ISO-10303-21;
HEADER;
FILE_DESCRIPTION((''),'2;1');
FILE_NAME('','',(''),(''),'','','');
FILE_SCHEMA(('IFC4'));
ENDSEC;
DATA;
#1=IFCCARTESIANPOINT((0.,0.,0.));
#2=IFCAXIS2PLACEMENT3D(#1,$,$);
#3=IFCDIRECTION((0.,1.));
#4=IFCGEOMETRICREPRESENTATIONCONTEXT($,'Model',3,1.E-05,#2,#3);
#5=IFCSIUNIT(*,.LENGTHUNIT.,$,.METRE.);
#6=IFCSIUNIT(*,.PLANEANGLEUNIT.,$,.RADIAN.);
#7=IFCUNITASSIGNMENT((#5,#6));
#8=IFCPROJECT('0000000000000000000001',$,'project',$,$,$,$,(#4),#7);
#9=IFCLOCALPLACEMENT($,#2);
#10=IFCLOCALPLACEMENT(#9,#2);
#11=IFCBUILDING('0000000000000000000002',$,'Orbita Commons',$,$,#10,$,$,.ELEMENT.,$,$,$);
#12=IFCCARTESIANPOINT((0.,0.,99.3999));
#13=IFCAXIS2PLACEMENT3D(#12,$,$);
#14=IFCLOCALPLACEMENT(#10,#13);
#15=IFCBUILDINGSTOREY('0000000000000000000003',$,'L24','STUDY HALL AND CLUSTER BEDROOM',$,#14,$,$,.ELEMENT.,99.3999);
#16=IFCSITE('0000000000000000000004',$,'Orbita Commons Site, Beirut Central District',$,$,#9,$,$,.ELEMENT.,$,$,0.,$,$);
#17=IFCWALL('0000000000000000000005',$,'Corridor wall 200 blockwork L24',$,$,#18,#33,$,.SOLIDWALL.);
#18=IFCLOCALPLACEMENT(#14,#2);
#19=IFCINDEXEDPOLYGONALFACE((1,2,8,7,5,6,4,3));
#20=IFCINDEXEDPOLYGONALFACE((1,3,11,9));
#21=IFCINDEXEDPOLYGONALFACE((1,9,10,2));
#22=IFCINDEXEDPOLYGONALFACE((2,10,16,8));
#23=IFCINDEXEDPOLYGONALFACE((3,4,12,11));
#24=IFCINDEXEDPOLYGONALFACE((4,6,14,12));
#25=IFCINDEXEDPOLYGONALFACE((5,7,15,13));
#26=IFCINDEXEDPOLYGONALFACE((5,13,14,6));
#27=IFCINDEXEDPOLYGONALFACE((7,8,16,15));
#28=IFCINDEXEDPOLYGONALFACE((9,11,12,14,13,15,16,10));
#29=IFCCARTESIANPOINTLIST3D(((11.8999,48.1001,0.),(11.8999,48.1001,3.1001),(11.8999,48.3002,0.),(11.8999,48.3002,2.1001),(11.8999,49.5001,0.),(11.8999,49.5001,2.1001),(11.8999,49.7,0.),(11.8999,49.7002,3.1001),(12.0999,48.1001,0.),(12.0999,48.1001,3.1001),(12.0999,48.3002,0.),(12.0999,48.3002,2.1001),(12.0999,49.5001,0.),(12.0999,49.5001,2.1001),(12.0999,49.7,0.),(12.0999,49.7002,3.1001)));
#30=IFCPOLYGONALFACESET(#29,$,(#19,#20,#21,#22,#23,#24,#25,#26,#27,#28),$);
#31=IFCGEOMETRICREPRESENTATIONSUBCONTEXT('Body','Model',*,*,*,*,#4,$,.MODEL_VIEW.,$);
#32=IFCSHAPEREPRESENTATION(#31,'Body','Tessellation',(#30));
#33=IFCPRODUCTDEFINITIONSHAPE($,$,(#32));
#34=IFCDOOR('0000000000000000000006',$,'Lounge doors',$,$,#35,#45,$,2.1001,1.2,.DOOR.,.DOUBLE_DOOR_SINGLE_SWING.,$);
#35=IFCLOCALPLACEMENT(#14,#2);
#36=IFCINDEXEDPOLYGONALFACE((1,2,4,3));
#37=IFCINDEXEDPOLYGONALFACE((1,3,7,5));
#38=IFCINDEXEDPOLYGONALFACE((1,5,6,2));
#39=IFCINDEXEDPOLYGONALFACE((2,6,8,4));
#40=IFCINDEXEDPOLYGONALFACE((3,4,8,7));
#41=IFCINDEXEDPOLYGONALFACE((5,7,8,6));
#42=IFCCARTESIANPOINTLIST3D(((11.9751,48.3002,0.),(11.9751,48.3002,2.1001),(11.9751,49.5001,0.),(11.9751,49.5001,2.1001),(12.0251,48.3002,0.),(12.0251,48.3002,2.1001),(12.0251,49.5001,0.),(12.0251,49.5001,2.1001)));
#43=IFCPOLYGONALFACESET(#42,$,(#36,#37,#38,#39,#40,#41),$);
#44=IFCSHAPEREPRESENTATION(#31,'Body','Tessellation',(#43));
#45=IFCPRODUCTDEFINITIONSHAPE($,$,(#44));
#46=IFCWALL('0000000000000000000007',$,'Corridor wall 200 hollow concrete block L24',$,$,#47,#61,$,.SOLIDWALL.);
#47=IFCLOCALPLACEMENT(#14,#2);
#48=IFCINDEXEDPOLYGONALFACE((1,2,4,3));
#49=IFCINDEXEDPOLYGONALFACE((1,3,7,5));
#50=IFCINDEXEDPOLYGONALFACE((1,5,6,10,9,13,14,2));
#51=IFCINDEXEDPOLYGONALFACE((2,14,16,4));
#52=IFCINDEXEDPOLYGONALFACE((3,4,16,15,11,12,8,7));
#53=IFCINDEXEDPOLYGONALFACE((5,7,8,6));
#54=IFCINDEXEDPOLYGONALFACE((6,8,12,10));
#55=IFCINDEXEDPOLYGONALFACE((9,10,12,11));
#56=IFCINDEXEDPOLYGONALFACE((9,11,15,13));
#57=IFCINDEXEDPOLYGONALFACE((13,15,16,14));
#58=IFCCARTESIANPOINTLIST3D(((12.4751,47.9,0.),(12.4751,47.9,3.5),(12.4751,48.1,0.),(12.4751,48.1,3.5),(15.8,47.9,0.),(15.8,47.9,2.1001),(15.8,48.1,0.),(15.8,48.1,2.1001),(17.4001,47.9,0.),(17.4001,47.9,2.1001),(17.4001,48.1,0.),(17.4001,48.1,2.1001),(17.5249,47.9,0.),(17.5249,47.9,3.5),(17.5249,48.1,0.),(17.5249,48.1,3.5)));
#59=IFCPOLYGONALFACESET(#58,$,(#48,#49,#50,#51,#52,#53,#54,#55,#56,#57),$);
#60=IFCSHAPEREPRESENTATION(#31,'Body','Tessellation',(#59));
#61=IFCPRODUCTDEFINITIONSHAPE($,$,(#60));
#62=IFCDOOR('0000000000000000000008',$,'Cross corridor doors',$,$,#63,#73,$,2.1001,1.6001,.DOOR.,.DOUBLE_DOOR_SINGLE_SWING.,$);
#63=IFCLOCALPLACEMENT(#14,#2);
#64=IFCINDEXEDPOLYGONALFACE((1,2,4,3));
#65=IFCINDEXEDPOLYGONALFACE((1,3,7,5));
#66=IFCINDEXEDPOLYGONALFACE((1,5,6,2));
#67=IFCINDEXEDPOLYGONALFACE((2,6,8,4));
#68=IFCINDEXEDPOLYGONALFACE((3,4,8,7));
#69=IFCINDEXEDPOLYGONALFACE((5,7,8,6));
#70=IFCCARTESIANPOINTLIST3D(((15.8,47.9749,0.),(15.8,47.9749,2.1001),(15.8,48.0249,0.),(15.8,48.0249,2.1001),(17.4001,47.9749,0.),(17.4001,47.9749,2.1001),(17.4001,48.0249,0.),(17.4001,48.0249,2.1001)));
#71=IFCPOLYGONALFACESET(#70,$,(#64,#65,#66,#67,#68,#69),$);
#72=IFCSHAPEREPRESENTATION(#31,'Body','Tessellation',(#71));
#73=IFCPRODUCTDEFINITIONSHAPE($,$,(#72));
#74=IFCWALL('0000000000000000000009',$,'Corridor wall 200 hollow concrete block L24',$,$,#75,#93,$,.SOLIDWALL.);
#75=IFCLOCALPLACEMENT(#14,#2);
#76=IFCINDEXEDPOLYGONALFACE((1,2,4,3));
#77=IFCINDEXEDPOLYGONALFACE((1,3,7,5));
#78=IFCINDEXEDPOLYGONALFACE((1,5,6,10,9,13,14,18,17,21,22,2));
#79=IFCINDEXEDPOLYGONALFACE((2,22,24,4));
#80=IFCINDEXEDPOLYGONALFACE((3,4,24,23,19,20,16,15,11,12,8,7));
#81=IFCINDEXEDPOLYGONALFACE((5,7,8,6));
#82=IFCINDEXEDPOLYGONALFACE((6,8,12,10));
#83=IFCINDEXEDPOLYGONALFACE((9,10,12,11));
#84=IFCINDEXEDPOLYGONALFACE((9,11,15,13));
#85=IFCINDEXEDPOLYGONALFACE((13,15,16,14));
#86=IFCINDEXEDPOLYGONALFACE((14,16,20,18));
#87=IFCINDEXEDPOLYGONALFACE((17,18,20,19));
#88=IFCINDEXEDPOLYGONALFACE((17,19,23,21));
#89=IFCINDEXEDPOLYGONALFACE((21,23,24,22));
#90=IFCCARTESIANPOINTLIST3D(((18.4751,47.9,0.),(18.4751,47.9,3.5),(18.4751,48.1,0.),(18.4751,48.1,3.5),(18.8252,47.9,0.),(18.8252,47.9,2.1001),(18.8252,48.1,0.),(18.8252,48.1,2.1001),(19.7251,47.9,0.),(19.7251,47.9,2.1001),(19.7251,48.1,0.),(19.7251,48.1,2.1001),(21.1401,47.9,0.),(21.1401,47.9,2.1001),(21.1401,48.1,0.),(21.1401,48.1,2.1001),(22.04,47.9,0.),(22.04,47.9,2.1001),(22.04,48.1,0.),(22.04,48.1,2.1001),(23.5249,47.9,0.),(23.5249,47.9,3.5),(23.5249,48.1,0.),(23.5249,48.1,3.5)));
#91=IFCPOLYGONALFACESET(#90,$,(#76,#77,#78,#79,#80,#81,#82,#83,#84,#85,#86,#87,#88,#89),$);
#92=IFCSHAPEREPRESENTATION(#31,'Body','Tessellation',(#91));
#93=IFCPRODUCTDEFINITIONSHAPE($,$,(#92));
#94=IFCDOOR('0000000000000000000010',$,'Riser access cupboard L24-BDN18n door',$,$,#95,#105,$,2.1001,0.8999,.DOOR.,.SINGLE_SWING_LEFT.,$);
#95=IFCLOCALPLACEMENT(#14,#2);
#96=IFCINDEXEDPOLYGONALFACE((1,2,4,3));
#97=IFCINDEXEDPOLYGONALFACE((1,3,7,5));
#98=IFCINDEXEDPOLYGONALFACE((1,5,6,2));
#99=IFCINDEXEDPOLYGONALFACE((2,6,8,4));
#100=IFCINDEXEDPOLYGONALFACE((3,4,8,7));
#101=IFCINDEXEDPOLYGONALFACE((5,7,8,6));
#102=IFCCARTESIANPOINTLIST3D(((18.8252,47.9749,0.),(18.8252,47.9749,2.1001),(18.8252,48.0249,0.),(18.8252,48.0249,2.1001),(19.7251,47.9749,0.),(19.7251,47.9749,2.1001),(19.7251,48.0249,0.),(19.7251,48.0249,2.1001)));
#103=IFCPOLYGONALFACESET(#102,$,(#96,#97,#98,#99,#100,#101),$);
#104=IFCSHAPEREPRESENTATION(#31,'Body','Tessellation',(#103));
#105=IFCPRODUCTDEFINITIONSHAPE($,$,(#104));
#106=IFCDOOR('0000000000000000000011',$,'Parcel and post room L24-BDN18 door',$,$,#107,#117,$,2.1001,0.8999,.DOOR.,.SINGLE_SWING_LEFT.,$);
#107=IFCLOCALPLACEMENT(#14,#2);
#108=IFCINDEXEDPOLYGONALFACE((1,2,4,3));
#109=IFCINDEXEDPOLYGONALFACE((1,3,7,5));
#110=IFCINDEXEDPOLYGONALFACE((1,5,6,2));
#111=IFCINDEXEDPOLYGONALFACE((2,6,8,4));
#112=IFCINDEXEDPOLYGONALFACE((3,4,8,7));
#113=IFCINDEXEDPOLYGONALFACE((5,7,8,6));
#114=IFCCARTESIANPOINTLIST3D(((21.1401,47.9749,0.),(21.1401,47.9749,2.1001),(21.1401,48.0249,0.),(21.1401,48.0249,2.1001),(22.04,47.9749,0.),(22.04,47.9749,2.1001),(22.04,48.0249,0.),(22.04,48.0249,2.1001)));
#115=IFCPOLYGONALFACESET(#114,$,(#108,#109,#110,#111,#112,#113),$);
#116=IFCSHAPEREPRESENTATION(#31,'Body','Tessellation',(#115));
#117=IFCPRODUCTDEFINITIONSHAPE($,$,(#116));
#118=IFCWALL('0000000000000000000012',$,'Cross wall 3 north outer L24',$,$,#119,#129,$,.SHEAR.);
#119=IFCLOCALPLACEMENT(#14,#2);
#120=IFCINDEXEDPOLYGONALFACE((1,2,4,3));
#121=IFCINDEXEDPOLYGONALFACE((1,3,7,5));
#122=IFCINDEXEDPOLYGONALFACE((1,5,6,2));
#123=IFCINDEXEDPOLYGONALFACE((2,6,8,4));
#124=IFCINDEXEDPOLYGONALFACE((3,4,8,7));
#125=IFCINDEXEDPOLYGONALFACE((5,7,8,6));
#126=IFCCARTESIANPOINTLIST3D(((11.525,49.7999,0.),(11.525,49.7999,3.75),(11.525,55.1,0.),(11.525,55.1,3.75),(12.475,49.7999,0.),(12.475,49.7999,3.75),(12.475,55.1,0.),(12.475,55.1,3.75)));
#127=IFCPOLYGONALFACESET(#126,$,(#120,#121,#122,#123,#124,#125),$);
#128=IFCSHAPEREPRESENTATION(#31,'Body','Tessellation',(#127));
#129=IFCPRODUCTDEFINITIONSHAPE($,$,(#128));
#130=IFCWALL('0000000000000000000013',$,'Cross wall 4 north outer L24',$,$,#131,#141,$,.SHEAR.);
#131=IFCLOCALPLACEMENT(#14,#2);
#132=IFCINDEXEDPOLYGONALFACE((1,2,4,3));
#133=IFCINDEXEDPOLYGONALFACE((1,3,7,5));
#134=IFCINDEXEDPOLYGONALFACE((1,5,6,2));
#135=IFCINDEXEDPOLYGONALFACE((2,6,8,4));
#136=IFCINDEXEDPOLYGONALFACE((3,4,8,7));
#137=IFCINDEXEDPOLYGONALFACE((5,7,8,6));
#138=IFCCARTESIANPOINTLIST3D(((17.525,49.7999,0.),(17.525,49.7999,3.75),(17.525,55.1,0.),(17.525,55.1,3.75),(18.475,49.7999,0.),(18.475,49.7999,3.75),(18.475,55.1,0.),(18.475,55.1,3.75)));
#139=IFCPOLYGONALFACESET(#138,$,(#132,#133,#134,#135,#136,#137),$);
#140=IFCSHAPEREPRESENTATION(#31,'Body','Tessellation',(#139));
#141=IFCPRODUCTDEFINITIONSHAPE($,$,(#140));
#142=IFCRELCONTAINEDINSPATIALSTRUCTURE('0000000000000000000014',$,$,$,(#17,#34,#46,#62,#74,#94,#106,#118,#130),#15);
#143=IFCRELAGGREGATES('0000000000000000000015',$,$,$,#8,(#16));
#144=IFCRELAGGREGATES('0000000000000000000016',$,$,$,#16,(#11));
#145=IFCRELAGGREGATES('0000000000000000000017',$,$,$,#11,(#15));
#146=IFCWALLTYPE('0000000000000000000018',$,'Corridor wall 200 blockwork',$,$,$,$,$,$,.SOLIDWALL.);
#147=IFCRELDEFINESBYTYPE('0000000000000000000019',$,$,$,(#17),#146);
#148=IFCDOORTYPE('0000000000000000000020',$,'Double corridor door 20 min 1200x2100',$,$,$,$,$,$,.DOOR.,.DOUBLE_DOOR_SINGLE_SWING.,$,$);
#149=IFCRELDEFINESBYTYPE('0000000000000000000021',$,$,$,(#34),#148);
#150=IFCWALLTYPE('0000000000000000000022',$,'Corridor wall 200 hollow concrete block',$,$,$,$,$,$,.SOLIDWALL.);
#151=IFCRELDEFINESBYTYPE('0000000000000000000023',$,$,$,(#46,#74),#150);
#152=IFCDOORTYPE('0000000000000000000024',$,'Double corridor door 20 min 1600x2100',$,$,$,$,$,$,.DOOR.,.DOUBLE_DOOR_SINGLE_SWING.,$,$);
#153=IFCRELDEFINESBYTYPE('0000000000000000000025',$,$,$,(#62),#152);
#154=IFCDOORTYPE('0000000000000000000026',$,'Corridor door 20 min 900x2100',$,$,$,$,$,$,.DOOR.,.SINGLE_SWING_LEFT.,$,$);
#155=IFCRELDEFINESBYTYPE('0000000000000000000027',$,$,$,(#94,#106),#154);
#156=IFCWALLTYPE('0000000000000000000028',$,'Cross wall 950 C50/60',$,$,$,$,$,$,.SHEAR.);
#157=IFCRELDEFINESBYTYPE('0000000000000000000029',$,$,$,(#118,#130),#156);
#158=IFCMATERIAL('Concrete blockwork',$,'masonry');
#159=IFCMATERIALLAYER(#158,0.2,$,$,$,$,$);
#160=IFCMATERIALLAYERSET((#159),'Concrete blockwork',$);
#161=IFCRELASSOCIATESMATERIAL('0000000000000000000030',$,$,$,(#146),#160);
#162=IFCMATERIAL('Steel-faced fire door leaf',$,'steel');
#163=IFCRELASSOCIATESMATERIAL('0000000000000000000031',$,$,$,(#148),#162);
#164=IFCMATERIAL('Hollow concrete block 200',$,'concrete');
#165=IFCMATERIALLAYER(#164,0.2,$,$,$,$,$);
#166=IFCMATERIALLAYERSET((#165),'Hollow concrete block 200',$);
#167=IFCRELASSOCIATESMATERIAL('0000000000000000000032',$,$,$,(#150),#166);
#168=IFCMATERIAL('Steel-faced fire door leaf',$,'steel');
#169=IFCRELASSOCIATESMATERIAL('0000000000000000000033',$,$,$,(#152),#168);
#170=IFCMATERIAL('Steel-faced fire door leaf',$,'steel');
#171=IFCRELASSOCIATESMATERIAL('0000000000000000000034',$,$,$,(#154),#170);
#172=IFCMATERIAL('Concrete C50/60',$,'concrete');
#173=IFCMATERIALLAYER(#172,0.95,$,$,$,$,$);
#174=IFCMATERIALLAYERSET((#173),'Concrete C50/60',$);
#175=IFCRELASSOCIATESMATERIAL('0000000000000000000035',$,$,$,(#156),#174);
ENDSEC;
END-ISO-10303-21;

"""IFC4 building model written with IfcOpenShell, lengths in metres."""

from ifc_helpers import new_model, si_unit, direction, frame, frame_2d, origin, place, context, subcontext, project, spatial, polyline, rectangle, outline, extrude, material, layer, layer_set, type_object, element, fill, save


model = new_model("IFC4")

# Units and contexts
model_context = context("Model", 3, precision=1e-05, world=origin(), true_north=direction((0.0, 1.0)))
body_context = subcontext(model_context, "Body", "Model", "MODEL_VIEW")
ifc_project = project(units=[si_unit("LENGTHUNIT", "METRE"), si_unit("PLANEANGLEUNIT", "RADIAN")], contexts=[model_context])

# Site, building, storey
site_placement = place(None, origin())
site = spatial("IfcSite", under=ifc_project, at=site_placement, Name="Orbita Commons Site, Beirut Central District", CompositionType="ELEMENT", RefElevation=0.0)
building_placement = place(site_placement, origin())
building = spatial("IfcBuilding", under=site, at=building_placement, Name="Orbita Commons", CompositionType="ELEMENT")
storey_placement = place(building_placement, frame((0.0, 0.0, 99.3999)))
storey = spatial("IfcBuildingStorey", under=building, at=storey_placement, Name="L24", Description="STUDY HALL AND CLUSTER BEDROOM", CompositionType="ELEMENT", Elevation=99.3999)

# Walls, openings, doors
ifc_material_1 = material(Name="Concrete blockwork", Category="masonry")
ifc_layer_1 = layer(ifc_material_1, 0.2)
ifc_layer_set_1 = layer_set([ifc_layer_1], Name="Concrete blockwork")
wall_type_1 = type_object("IfcWallType", Name="Corridor wall 200 blockwork", PredefinedType="SOLIDWALL", material=ifc_layer_set_1)
wall_1_placement = place(storey_placement, frame((12.0, 48.1001, 0.0), z_axis=(0.0, 0.0, 1.0), x_axis=(0.0, 1.0, 0.0)))
wall_1 = element("IfcWall", 1, at=wall_1_placement, inside=storey, type_object=wall_type_1, Name="Corridor wall 200 blockwork L24", PredefinedType="SOLIDWALL", context=body_context, shape_type="SweptSolid", body=[
    extrude(outline(polyline([(0.0, 0.0), (1.5999, 0.0), (1.6001, 3.1001), (0.0, 3.1001), (0.0, 0.0)])), frame((0.0, 0.1001, 0.0), z_axis=(0.0, -1.0, 0.0), x_axis=(1.0, 0.0, 0.0)), (0.0, 0.0, 1.0), 0.2),
])
opening_1_placement = place(wall_1_placement, frame((0.2, 0.0, 0.0)))
opening_1 = element("IfcOpeningElement", 2, at=opening_1_placement, cuts=wall_1, PredefinedType="OPENING", context=body_context, shape_type="SweptSolid", body=[
    extrude(rectangle(XDim=1.2, YDim=2.1001, at=frame_2d((0.6001, 1.05))), frame((0.0, 0.1099, 0.0), z_axis=(0.0, -1.0, 0.0), x_axis=(1.0, 0.0, 0.0)), (0.0, 0.0, 1.0), 0.22),
])
ifc_material_2 = material(Name="Steel-faced fire door leaf", Category="steel")
door_type_1 = type_object("IfcDoorType", Name="Double corridor door 20 min 1200x2100", OperationType="DOUBLE_DOOR_SINGLE_SWING", PredefinedType="DOOR", material=ifc_material_2)
door_1_placement = place(opening_1_placement, origin())
door_1 = element("IfcDoor", 3, at=door_1_placement, inside=storey, type_object=door_type_1, Name="Lounge doors", OperationType="DOUBLE_DOOR_SINGLE_SWING", OverallHeight=2.1001, OverallWidth=1.2, PredefinedType="DOOR", context=body_context, shape_type="SweptSolid", body=[
    extrude(rectangle(XDim=1.2, YDim=2.1001, at=frame_2d((0.6001, 1.05))), frame((0.0, 0.0249, 0.0), z_axis=(0.0, -1.0, 0.0), x_axis=(1.0, 0.0, 0.0)), (0.0, 0.0, 1.0), 0.05),
])
fill(opening_1, door_1)
ifc_material_3 = material(Name="Hollow concrete block 200", Category="concrete")
ifc_layer_2 = layer(ifc_material_3, 0.2)
ifc_layer_set_2 = layer_set([ifc_layer_2], Name="Hollow concrete block 200")
wall_type_2 = type_object("IfcWallType", Name="Corridor wall 200 hollow concrete block", PredefinedType="SOLIDWALL", material=ifc_layer_set_2)
wall_2_placement = place(storey_placement, frame((12.4751, 48.0, 0.0), z_axis=(0.0, 0.0, 1.0), x_axis=(1.0, 0.0, 0.0)))
wall_2 = element("IfcWall", 4, at=wall_2_placement, inside=storey, type_object=wall_type_2, Name="Corridor wall 200 hollow concrete block L24", PredefinedType="SOLIDWALL", context=body_context, shape_type="SweptSolid", body=[
    extrude(rectangle(XDim=5.0498, YDim=0.2, at=frame_2d((2.5249, 0.0))), origin(), (0.0, 0.0, 1.0), 3.5),
])
opening_2_placement = place(wall_2_placement, frame((3.325, 0.0, 0.0)))
opening_2 = element("IfcOpeningElement", 5, at=opening_2_placement, cuts=wall_2, PredefinedType="OPENING", context=body_context, shape_type="SweptSolid", body=[
    extrude(rectangle(XDim=1.6001, YDim=2.1001, at=frame_2d((0.8, 1.05))), frame((0.0, 0.1099, 0.0), z_axis=(0.0, -1.0, 0.0), x_axis=(1.0, 0.0, 0.0)), (0.0, 0.0, 1.0), 0.22),
])
ifc_material_4 = material(Name="Steel-faced fire door leaf", Category="steel")
door_type_2 = type_object("IfcDoorType", Name="Double corridor door 20 min 1600x2100", OperationType="DOUBLE_DOOR_SINGLE_SWING", PredefinedType="DOOR", material=ifc_material_4)
door_2_placement = place(opening_2_placement, origin())
door_2 = element("IfcDoor", 6, at=door_2_placement, inside=storey, type_object=door_type_2, Name="Cross corridor doors", OperationType="DOUBLE_DOOR_SINGLE_SWING", OverallHeight=2.1001, OverallWidth=1.6001, PredefinedType="DOOR", context=body_context, shape_type="SweptSolid", body=[
    extrude(rectangle(XDim=1.6001, YDim=2.1001, at=frame_2d((0.8, 1.05))), frame((0.0, 0.0249, 0.0), z_axis=(0.0, -1.0, 0.0), x_axis=(1.0, 0.0, 0.0)), (0.0, 0.0, 1.0), 0.05),
])
fill(opening_2, door_2)

# Wall, openings, doors
wall_3_placement = place(storey_placement, frame((18.4751, 48.0, 0.0), z_axis=(0.0, 0.0, 1.0), x_axis=(1.0, 0.0, 0.0)))
wall_3 = element("IfcWall", 7, at=wall_3_placement, inside=storey, type_object=wall_type_2, Name="Corridor wall 200 hollow concrete block L24", PredefinedType="SOLIDWALL", context=body_context, shape_type="SweptSolid", body=[
    extrude(rectangle(XDim=5.0498, YDim=0.2, at=frame_2d((2.5249, 0.0))), origin(), (0.0, 0.0, 1.0), 3.5),
])
opening_3_placement = place(wall_3_placement, frame((0.3501, 0.0, 0.0)))
opening_3 = element("IfcOpeningElement", 8, at=opening_3_placement, cuts=wall_3, PredefinedType="OPENING", context=body_context, shape_type="SweptSolid", body=[
    extrude(rectangle(XDim=0.8999, YDim=2.1001, at=frame_2d((0.45, 1.05))), frame((0.0, 0.1099, 0.0), z_axis=(0.0, -1.0, 0.0), x_axis=(1.0, 0.0, 0.0)), (0.0, 0.0, 1.0), 0.22),
])
opening_4_placement = place(wall_3_placement, frame((2.665, 0.0, 0.0)))
opening_4 = element("IfcOpeningElement", 9, at=opening_4_placement, cuts=wall_3, PredefinedType="OPENING", context=body_context, shape_type="SweptSolid", body=[
    extrude(rectangle(XDim=0.8999, YDim=2.1001, at=frame_2d((0.45, 1.05))), frame((0.0, 0.1099, 0.0), z_axis=(0.0, -1.0, 0.0), x_axis=(1.0, 0.0, 0.0)), (0.0, 0.0, 1.0), 0.22),
])
ifc_material_5 = material(Name="Steel-faced fire door leaf", Category="steel")
door_type_3 = type_object("IfcDoorType", Name="Corridor door 20 min 900x2100", OperationType="SINGLE_SWING_LEFT", PredefinedType="DOOR", material=ifc_material_5)
door_3_placement = place(opening_3_placement, origin())
door_3 = element("IfcDoor", 10, at=door_3_placement, inside=storey, type_object=door_type_3, Name="Riser access cupboard L24-BDN18n door", OperationType="SINGLE_SWING_LEFT", OverallHeight=2.1001, OverallWidth=0.8999, PredefinedType="DOOR", context=body_context, shape_type="SweptSolid", body=[
    extrude(rectangle(XDim=0.8999, YDim=2.1001, at=frame_2d((0.45, 1.05))), frame((0.0, 0.0249, 0.0), z_axis=(0.0, -1.0, 0.0), x_axis=(1.0, 0.0, 0.0)), (0.0, 0.0, 1.0), 0.05),
])
fill(opening_3, door_3)
door_4_placement = place(opening_4_placement, origin())
door_4 = element("IfcDoor", 11, at=door_4_placement, inside=storey, type_object=door_type_3, Name="Parcel and post room L24-BDN18 door", OperationType="SINGLE_SWING_LEFT", OverallHeight=2.1001, OverallWidth=0.8999, PredefinedType="DOOR", context=body_context, shape_type="SweptSolid", body=[
    extrude(rectangle(XDim=0.8999, YDim=2.1001, at=frame_2d((0.45, 1.05))), frame((0.0, 0.0249, 0.0), z_axis=(0.0, -1.0, 0.0), x_axis=(1.0, 0.0, 0.0)), (0.0, 0.0, 1.0), 0.05),
])
fill(opening_4, door_4)

# Walls
ifc_material_6 = material(Name="Concrete C50/60", Category="concrete")
ifc_layer_3 = layer(ifc_material_6, 0.95)
ifc_layer_set_3 = layer_set([ifc_layer_3], Name="Concrete C50/60")
wall_type_3 = type_object("IfcWallType", Name="Cross wall 950 C50/60", PredefinedType="SHEAR", material=ifc_layer_set_3)
for number, where, z_axis, x_axis, name in (
    (12, (12.0, 49.8, 0.0), (0.0, 0.0, 1.0), (0.0, 1.0, 0.0), "Cross wall 3 north outer L24"),
    (13, (18.0, 49.8, 0.0), (0.0, 0.0, 1.0), (0.0, 1.0, 0.0), "Cross wall 4 north outer L24"),
):
    element("IfcWall", number, at=place(storey_placement, frame(where, z_axis=z_axis, x_axis=x_axis)), inside=storey, type_object=wall_type_3, Name=name, PredefinedType="SHEAR", context=body_context, shape_type="SweptSolid", body=[
        extrude(rectangle(XDim=5.3, YDim=0.95, at=frame_2d((2.6499, 0.0))), origin(), (0.0, 0.0, 1.0), 3.75),
    ])

save(model, "model.ifc")
